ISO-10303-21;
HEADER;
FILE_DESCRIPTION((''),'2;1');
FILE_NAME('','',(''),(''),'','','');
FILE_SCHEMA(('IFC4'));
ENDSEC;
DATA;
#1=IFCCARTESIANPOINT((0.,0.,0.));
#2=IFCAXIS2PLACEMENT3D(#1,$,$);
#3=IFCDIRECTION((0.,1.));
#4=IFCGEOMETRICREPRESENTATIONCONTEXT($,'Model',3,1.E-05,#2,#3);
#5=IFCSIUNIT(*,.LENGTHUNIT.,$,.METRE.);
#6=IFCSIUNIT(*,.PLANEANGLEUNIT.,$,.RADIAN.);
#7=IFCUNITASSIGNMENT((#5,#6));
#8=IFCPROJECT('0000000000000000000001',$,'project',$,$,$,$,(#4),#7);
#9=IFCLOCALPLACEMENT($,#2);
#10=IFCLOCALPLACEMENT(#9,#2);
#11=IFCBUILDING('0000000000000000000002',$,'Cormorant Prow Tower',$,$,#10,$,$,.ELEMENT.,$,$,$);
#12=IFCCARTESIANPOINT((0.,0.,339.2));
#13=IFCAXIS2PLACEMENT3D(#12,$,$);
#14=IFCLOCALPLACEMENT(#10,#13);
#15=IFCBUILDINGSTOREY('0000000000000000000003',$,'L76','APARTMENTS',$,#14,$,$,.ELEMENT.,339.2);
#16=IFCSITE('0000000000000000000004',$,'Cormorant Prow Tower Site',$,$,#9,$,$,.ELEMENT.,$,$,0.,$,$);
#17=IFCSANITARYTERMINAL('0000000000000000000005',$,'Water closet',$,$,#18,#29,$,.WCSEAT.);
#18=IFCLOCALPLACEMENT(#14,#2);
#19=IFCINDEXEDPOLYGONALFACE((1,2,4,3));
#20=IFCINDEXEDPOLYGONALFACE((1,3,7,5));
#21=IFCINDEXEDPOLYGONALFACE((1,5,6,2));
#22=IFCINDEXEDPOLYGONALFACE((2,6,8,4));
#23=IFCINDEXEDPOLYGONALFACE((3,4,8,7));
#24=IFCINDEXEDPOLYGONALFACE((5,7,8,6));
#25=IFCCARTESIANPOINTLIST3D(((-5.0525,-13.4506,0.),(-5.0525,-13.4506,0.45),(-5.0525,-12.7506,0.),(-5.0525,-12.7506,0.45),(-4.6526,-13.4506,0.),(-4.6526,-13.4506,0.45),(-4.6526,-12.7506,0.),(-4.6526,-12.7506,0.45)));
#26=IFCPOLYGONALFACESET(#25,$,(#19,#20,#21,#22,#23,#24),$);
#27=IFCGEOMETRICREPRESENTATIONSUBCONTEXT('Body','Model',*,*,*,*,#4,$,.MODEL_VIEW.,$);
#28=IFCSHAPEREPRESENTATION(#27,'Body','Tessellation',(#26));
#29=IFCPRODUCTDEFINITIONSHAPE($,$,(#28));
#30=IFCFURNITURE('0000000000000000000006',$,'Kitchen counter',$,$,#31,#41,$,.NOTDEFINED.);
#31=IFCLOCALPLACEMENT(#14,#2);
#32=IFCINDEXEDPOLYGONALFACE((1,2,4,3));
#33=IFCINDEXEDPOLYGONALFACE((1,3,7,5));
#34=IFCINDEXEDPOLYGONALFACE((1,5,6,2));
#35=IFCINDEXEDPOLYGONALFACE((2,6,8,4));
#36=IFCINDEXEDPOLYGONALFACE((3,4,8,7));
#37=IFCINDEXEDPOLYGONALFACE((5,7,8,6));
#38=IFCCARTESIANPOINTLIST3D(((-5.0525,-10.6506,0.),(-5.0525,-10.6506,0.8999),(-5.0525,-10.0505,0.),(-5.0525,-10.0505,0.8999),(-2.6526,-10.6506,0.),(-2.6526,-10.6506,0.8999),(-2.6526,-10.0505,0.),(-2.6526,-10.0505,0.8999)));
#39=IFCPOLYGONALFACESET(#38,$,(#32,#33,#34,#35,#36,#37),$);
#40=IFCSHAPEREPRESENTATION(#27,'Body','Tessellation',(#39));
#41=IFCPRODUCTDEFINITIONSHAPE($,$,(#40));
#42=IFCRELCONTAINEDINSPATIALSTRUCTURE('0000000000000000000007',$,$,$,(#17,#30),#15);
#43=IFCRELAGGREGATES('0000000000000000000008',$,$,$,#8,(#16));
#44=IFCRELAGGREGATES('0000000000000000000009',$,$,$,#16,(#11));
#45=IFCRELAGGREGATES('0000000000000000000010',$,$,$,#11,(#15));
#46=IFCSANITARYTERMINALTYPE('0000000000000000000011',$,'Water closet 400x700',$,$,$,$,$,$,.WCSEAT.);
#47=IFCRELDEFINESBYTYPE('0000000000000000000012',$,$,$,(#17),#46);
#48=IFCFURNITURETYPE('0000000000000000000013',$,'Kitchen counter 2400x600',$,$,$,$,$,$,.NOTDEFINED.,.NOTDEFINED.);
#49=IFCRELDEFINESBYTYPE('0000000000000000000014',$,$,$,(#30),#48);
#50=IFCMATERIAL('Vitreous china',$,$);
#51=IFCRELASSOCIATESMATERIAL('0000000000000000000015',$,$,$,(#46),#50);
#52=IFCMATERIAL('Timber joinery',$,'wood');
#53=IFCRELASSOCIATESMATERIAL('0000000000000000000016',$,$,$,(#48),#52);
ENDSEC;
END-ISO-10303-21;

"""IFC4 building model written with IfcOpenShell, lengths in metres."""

from ifc_helpers import new_model, si_unit, direction, frame, origin, origin_2d, place, context, subcontext, project, spatial, rectangle, extrude, material, type_object, element, save


model = new_model("IFC4")

# Units and contexts
model_context = context("Model", 3, precision=1e-05, world=origin(), true_north=direction((0.0, 1.0)))
body_context = subcontext(model_context, "Body", "Model", "MODEL_VIEW")
ifc_project = project(units=[si_unit("LENGTHUNIT", "METRE"), si_unit("PLANEANGLEUNIT", "RADIAN")], contexts=[model_context])

# Site, building, storey
site_placement = place(None, origin())
site = spatial("IfcSite", under=ifc_project, at=site_placement, Name="Cormorant Prow Tower Site", CompositionType="ELEMENT", RefElevation=0.0)
building_placement = place(site_placement, origin())
building = spatial("IfcBuilding", under=site, at=building_placement, Name="Cormorant Prow Tower", CompositionType="ELEMENT")
storey_placement = place(building_placement, frame((0.0, 0.0, 339.2)))
storey = spatial("IfcBuildingStorey", under=building, at=storey_placement, Name="L76", Description="APARTMENTS", CompositionType="ELEMENT", Elevation=339.2)

# Sanitary terminal
ifc_material_1 = material(Name="Vitreous china")
sanitary_terminal_type_1 = type_object("IfcSanitaryTerminalType", Name="Water closet 400x700", PredefinedType="WCSEAT", material=ifc_material_1)
for number, where, z_axis, x_axis, name in (
    (1, (-4.8525, -13.1006, 0.0), (0.0, 0.0, 1.0), (1.0, 0.0, 0.0), "Water closet"),
):
    element("IfcSanitaryTerminal", number, at=place(storey_placement, frame(where, z_axis=z_axis, x_axis=x_axis)), inside=storey, type_object=sanitary_terminal_type_1, Name=name, PredefinedType="WCSEAT", context=body_context, shape_type="SweptSolid", body=[
        extrude(rectangle(XDim=0.3999, YDim=0.7, at=origin_2d()), origin(), (0.0, 0.0, 1.0), 0.45),
    ])

# Furniture
ifc_material_2 = material(Name="Timber joinery", Category="wood")
furniture_type = type_object("IfcFurnitureType", Name="Kitchen counter 2400x600", AssemblyPlace="NOTDEFINED", PredefinedType="NOTDEFINED", material=ifc_material_2)
furniture_placement = place(storey_placement, frame((-3.8525, -10.3506, 0.0), z_axis=(0.0, 0.0, 1.0), x_axis=(1.0, 0.0, 0.0)))
element("IfcFurniture", 2, at=furniture_placement, inside=storey, type_object=furniture_type, Name="Kitchen counter", PredefinedType="NOTDEFINED", context=body_context, shape_type="SweptSolid", body=[
    extrude(rectangle(XDim=2.3999, YDim=0.6001, at=origin_2d()), origin(), (0.0, 0.0, 1.0), 0.8999),
])

save(model, "model.ifc")
